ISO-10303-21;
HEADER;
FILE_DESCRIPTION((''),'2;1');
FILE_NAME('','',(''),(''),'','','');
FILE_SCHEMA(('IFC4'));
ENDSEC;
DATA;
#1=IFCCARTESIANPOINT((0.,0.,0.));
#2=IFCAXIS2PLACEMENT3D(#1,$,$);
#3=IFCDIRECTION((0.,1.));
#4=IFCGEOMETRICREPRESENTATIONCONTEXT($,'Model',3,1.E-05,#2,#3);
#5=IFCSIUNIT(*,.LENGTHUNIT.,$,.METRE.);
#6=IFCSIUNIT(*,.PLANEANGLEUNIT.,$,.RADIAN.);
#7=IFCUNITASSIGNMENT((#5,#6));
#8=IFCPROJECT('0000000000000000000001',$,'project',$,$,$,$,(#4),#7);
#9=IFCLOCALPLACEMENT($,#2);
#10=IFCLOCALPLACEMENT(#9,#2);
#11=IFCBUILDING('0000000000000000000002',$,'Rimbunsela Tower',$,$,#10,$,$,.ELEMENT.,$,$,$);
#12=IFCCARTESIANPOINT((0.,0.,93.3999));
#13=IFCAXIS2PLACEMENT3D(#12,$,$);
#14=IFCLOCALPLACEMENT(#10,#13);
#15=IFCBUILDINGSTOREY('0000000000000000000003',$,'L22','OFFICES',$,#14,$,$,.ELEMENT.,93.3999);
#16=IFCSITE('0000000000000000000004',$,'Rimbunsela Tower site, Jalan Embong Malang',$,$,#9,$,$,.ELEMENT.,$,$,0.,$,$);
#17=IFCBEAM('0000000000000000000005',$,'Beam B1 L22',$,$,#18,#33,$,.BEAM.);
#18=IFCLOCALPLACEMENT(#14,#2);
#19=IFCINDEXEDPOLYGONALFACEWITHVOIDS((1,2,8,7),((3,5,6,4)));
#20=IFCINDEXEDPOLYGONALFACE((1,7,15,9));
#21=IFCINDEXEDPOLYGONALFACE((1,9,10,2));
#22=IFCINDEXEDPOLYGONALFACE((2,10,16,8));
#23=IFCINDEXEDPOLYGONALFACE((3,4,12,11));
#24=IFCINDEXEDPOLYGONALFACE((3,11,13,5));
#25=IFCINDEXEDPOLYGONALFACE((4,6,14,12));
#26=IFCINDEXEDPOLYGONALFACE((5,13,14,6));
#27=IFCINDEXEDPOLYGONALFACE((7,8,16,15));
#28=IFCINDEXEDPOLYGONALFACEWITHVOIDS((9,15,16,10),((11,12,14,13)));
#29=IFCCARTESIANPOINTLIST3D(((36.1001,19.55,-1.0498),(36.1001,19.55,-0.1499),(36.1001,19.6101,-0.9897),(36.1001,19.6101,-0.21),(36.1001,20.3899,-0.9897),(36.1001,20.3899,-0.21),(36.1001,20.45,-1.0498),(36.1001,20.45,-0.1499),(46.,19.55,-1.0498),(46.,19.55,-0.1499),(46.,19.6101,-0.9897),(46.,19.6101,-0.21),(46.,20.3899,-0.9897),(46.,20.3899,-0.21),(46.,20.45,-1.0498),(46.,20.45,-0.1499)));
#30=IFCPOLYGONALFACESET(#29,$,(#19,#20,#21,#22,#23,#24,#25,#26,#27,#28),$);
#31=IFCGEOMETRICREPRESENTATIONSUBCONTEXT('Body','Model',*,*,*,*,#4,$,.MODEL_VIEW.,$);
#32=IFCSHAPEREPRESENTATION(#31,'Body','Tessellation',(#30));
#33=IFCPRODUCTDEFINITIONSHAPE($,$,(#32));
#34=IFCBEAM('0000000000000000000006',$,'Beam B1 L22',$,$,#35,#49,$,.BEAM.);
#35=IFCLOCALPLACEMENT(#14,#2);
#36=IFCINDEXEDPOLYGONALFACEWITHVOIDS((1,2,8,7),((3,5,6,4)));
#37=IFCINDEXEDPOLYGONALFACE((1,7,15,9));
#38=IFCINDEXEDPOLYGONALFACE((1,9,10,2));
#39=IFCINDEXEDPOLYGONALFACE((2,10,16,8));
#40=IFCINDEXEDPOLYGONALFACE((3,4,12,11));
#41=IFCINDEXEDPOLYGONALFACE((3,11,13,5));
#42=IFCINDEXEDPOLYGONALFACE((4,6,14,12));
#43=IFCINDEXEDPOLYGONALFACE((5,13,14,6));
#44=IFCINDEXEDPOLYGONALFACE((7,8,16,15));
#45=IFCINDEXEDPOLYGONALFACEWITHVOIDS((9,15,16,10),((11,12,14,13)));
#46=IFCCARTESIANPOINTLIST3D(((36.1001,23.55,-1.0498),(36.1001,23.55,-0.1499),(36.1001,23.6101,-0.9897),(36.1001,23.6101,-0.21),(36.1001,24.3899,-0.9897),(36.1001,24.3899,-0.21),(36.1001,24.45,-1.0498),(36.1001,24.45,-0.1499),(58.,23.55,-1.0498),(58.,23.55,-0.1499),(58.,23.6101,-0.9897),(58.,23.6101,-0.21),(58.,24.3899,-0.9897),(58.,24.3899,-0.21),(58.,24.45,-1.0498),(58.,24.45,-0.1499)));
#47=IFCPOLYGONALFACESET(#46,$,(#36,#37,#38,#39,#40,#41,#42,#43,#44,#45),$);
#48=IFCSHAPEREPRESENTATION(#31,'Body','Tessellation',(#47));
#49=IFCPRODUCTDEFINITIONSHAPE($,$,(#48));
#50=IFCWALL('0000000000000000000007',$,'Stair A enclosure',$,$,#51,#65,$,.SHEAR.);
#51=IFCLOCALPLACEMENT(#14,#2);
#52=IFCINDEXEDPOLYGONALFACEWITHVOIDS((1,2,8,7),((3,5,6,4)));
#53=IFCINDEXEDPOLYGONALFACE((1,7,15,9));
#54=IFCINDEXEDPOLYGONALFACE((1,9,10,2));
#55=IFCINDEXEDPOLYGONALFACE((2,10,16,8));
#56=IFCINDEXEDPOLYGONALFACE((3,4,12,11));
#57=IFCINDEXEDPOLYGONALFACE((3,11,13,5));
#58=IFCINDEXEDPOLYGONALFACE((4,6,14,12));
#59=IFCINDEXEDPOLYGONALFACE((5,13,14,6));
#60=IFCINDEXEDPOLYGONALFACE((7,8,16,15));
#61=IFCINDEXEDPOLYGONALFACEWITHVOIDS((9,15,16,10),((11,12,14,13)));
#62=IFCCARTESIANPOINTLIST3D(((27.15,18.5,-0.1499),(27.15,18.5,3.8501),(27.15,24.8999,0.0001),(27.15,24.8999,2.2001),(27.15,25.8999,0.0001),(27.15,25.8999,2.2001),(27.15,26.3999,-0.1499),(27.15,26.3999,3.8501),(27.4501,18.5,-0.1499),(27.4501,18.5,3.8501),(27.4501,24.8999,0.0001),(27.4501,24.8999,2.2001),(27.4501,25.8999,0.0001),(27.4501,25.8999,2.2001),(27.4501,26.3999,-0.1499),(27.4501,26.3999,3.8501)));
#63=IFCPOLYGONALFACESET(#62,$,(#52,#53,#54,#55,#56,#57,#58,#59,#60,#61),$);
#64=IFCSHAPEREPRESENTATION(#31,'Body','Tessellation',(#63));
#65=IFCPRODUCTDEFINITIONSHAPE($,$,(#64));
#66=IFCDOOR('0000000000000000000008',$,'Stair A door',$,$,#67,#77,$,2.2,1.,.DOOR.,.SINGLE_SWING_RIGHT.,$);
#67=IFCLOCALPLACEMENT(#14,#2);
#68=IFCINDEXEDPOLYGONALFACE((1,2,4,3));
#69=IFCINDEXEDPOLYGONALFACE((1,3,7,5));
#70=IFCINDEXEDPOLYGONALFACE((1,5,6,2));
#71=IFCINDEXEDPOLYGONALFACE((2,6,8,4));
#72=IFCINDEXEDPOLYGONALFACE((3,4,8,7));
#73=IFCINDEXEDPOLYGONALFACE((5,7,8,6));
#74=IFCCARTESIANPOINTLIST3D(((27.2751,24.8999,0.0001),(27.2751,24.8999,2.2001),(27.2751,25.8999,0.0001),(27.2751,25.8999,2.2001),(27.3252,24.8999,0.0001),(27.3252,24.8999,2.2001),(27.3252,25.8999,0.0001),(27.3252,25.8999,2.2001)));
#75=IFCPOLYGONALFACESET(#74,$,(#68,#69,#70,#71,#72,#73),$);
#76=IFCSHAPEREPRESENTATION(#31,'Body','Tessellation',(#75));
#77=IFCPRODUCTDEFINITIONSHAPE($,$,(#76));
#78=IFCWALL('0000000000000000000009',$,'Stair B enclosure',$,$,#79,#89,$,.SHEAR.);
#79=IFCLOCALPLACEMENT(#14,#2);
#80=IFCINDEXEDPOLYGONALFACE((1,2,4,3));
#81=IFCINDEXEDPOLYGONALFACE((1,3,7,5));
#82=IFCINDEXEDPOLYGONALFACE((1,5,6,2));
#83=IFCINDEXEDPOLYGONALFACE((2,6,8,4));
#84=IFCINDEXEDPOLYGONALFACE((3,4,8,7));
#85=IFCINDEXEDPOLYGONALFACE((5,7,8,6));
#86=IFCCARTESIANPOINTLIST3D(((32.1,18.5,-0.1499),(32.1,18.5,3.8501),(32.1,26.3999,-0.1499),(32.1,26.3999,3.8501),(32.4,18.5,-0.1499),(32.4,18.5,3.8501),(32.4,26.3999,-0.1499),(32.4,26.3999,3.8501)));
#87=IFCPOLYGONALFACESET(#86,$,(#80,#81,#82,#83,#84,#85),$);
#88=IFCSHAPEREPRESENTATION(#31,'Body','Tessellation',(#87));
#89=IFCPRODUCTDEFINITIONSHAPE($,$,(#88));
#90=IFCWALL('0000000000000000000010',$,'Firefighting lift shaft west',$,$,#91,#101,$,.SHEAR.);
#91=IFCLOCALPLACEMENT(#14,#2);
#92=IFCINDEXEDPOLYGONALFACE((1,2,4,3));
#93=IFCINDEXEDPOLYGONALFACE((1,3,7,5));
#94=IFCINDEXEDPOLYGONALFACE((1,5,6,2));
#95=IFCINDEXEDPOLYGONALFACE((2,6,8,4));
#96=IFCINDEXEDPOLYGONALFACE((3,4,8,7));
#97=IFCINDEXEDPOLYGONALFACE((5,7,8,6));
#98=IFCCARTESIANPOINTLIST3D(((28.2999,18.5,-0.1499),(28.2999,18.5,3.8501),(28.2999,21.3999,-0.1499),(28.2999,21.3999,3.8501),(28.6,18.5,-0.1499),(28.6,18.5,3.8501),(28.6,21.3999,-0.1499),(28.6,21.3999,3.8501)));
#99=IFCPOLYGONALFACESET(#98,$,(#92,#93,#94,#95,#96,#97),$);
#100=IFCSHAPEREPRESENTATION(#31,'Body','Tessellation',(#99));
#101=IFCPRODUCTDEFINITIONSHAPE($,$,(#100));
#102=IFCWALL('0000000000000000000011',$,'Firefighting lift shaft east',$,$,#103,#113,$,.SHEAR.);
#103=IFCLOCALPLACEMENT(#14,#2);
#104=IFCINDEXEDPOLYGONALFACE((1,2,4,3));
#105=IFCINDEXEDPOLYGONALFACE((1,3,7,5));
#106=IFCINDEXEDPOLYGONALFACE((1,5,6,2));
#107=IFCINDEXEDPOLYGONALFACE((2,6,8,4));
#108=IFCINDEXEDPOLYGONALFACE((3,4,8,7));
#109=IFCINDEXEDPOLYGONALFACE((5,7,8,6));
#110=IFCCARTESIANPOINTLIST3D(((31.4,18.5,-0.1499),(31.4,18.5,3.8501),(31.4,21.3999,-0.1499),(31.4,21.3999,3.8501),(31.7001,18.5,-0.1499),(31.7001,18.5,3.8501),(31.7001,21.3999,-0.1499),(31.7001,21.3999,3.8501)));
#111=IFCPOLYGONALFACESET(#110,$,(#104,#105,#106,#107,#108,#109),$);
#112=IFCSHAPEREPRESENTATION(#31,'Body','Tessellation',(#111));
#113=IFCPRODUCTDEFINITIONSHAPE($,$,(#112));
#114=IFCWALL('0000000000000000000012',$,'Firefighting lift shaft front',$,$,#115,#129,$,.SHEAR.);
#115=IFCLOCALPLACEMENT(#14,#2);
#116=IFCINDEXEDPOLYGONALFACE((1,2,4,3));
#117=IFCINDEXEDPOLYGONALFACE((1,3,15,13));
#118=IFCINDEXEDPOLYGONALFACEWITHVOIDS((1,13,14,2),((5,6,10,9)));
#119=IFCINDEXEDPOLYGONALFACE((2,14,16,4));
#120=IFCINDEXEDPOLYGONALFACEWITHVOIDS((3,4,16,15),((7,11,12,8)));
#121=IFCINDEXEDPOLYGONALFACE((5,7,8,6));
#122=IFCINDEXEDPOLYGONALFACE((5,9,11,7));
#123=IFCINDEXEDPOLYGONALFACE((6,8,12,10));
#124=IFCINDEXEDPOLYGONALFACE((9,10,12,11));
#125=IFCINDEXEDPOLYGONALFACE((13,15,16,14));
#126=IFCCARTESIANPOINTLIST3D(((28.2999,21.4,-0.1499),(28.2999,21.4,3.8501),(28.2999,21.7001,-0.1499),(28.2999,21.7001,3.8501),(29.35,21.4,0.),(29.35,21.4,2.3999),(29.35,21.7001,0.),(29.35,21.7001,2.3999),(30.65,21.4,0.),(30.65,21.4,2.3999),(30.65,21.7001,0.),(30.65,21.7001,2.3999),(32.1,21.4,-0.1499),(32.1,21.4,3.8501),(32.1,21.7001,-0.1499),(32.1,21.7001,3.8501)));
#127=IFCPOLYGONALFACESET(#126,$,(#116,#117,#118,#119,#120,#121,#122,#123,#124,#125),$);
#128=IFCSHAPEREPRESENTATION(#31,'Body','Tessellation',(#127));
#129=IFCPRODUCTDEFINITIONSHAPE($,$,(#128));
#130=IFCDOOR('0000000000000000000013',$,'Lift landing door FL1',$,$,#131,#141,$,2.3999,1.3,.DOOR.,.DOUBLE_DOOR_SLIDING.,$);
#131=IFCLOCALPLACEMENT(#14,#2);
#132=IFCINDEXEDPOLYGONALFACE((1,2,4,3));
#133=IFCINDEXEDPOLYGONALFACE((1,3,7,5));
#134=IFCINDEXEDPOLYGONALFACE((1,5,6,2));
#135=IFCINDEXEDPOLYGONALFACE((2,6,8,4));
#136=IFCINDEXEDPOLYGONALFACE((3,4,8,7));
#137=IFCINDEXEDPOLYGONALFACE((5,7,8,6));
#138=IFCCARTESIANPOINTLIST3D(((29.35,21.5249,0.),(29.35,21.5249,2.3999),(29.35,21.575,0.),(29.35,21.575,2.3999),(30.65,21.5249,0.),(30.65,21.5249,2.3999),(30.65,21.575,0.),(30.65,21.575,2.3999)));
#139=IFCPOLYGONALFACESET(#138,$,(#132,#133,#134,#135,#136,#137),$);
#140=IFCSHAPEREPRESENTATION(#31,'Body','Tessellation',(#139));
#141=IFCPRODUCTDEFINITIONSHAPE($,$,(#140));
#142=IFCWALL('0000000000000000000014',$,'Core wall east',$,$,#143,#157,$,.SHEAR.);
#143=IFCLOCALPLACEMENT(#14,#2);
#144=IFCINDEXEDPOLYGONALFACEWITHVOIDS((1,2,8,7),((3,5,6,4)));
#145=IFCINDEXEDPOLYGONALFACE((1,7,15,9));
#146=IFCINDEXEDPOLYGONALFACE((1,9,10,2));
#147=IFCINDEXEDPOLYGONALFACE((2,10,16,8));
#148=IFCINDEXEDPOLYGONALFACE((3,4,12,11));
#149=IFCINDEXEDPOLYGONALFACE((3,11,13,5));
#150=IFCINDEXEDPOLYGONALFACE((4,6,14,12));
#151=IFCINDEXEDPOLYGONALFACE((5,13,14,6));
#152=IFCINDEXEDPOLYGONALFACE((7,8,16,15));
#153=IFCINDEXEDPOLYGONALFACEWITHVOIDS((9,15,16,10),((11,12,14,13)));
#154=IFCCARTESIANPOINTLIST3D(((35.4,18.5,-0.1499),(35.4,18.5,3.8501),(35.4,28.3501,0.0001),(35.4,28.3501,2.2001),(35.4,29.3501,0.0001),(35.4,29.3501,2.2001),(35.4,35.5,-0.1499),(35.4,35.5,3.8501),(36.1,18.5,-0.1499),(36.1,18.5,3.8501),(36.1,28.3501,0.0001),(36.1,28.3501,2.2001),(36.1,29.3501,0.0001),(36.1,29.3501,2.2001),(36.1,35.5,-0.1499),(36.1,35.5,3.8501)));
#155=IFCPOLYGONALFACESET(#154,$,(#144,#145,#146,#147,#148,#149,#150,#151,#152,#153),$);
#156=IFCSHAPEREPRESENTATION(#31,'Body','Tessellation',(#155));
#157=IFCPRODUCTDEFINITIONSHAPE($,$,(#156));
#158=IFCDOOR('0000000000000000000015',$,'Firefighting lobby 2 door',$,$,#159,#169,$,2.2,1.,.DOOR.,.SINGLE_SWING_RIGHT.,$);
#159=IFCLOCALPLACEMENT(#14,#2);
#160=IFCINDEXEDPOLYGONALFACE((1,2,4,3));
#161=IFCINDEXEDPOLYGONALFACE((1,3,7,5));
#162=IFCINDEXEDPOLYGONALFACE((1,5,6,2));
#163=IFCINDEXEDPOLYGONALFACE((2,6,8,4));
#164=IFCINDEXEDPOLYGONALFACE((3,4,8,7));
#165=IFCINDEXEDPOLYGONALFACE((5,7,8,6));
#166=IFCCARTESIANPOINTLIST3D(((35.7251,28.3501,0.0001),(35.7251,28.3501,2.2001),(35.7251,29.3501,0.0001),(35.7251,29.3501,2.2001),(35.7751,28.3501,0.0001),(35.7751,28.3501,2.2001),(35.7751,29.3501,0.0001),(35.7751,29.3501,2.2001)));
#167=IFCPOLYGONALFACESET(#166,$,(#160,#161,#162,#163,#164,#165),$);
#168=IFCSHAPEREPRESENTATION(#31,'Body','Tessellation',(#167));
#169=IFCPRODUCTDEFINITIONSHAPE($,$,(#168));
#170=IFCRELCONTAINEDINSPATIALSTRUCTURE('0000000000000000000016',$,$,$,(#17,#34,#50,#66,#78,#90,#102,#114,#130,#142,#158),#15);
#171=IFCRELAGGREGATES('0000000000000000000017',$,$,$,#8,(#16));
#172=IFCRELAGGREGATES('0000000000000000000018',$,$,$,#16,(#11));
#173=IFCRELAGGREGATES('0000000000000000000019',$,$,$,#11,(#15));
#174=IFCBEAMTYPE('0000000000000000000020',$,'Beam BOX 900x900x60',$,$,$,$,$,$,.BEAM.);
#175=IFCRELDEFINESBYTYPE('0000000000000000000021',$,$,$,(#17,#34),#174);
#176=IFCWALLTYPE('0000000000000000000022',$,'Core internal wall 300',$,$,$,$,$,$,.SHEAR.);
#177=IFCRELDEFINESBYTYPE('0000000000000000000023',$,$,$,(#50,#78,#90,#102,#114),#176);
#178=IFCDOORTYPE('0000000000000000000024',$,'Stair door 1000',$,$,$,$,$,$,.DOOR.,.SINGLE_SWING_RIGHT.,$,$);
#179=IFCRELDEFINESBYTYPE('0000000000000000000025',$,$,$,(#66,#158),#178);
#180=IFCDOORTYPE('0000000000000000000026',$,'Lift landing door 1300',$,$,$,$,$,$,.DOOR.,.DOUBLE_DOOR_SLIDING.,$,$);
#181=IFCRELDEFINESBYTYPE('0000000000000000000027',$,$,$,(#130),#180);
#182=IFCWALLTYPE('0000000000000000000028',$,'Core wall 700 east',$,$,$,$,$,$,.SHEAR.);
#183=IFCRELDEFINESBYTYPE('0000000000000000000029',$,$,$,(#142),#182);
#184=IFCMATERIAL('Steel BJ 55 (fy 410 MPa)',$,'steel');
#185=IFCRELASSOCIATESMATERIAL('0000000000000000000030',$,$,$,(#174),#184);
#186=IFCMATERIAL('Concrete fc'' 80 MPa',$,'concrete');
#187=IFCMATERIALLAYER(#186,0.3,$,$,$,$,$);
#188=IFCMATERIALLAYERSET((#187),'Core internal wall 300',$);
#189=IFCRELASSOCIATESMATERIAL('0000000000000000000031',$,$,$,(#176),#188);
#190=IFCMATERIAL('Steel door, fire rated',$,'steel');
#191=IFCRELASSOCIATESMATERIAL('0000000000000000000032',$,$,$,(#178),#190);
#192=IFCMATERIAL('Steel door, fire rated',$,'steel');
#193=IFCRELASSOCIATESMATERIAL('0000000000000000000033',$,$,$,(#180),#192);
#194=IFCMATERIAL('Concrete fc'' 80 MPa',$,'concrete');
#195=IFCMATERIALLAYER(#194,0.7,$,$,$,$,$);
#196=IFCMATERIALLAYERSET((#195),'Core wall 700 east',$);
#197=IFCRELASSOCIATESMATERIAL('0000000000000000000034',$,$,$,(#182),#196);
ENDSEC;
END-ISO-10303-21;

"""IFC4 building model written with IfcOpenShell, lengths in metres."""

from ifc_helpers import new_model, si_unit, direction, frame, frame_2d, origin, origin_2d, place, context, subcontext, project, spatial, rectangle, hollow_rectangle, extrude, material, layer, layer_set, material_profile, profile_set, type_object, element, fill, save


model = new_model("IFC4")

# Units and contexts
model_context = context("Model", 3, precision=1e-05, world=origin(), true_north=direction((0.0, 1.0)))
body_context = subcontext(model_context, "Body", "Model", "MODEL_VIEW")
ifc_project = project(units=[si_unit("LENGTHUNIT", "METRE"), si_unit("PLANEANGLEUNIT", "RADIAN")], contexts=[model_context])

# Site, building, storey
site_placement = place(None, origin())
site = spatial("IfcSite", under=ifc_project, at=site_placement, Name="Rimbunsela Tower site, Jalan Embong Malang", CompositionType="ELEMENT", RefElevation=0.0)
building_placement = place(site_placement, origin())
building = spatial("IfcBuilding", under=site, at=building_placement, Name="Rimbunsela Tower", CompositionType="ELEMENT")
storey_placement = place(building_placement, frame((0.0, 0.0, 93.3999)))
storey = spatial("IfcBuildingStorey", under=building, at=storey_placement, Name="L22", Description="OFFICES", CompositionType="ELEMENT", Elevation=93.3999)

# Beams
ifc_material_1 = material(Name="Steel BJ 55 (fy 410 MPa)", Category="steel")
ifc_material_profile = material_profile(ifc_material_1, hollow_rectangle(XDim=0.8999, YDim=0.8999, WallThickness=0.0601, at=origin_2d()), Name="BOX 900x900x60")
ifc_profile_set = profile_set([ifc_material_profile], Name="Steel BJ 55 (fy 410 MPa)")
beam_type = type_object("IfcBeamType", Name="Beam BOX 900x900x60", PredefinedType="BEAM", material=ifc_profile_set)
beam_1_placement = place(storey_placement, frame((36.1001, 20.0, -0.5999), z_axis=(1.0, 0.0, 0.0), x_axis=(0.0, 1.0, 0.0)))
element("IfcBeam", 1, at=beam_1_placement, inside=storey, type_object=beam_type, Name="Beam B1 L22", PredefinedType="BEAM", context=body_context, shape_type="SweptSolid", body=[
    extrude(hollow_rectangle(XDim=0.8999, YDim=0.8999, WallThickness=0.0601, at=origin_2d()), origin(), (0.0, 0.0, 1.0), 9.8999),
])
beam_2_placement = place(storey_placement, frame((36.1001, 24.0, -0.5999), z_axis=(1.0, 0.0, 0.0), x_axis=(0.0, 1.0, 0.0)))
element("IfcBeam", 2, at=beam_2_placement, inside=storey, type_object=beam_type, Name="Beam B1 L22", PredefinedType="BEAM", context=body_context, shape_type="SweptSolid", body=[
    extrude(hollow_rectangle(XDim=0.8999, YDim=0.8999, WallThickness=0.0601, at=origin_2d()), origin(), (0.0, 0.0, 1.0), 21.8999),
])

# Wall, opening, door
ifc_material_2 = material(Name="Concrete fc' 80 MPa", Category="concrete")
ifc_layer_1 = layer(ifc_material_2, 0.3)
ifc_layer_set_1 = layer_set([ifc_layer_1], Name="Core internal wall 300")
wall_type_1 = type_object("IfcWallType", Name="Core internal wall 300", PredefinedType="SHEAR", material=ifc_layer_set_1)
wall_1_placement = place(storey_placement, frame((27.3, 18.5, -0.1499), z_axis=(0.0, 0.0, 1.0), x_axis=(0.0, 1.0, 0.0)))
wall_1 = element("IfcWall", 3, at=wall_1_placement, inside=storey, type_object=wall_type_1, Name="Stair A enclosure", PredefinedType="SHEAR", context=body_context, shape_type="SweptSolid", body=[
    extrude(rectangle(XDim=7.8999, YDim=0.3, at=frame_2d((3.95, 0.0))), origin(), (0.0, 0.0, 1.0), 4.0),
])
opening_1_placement = place(wall_1_placement, frame((6.3999, 0.0, 0.1499)))
opening_1 = element("IfcOpeningElement", 4, at=opening_1_placement, cuts=wall_1, PredefinedType="OPENING", context=body_context, shape_type="SweptSolid", body=[
    extrude(rectangle(XDim=1.0, YDim=2.2, at=frame_2d((0.5, 1.1001))), frame((0.0, 0.1599, 0.0), z_axis=(0.0, -1.0, 0.0), x_axis=(1.0, 0.0, 0.0)), (0.0, 0.0, 1.0), 0.3201),
])
ifc_material_3 = material(Name="Steel door, fire rated", Category="steel")
door_type_1 = type_object("IfcDoorType", Name="Stair door 1000", OperationType="SINGLE_SWING_RIGHT", PredefinedType="DOOR", material=ifc_material_3)
door_1_placement = place(opening_1_placement, origin())
door_1 = element("IfcDoor", 5, at=door_1_placement, inside=storey, type_object=door_type_1, Name="Stair A door", OperationType="SINGLE_SWING_RIGHT", OverallHeight=2.2, OverallWidth=1.0, PredefinedType="DOOR", context=body_context, shape_type="SweptSolid", body=[
    extrude(rectangle(XDim=1.0, YDim=2.2, at=frame_2d((0.5, 1.1001))), frame((0.0, 0.0249, 0.0), z_axis=(0.0, -1.0, 0.0), x_axis=(1.0, 0.0, 0.0)), (0.0, 0.0, 1.0), 0.05),
])
fill(opening_1, door_1)

# Walls
wall_2_placement = place(storey_placement, frame((32.25, 18.5, -0.1499), z_axis=(0.0, 0.0, 1.0), x_axis=(0.0, 1.0, 0.0)))
element("IfcWall", 6, at=wall_2_placement, inside=storey, type_object=wall_type_1, Name="Stair B enclosure", PredefinedType="SHEAR", context=body_context, shape_type="SweptSolid", body=[
    extrude(rectangle(XDim=7.8999, YDim=0.3, at=frame_2d((3.95, 0.0))), origin(), (0.0, 0.0, 1.0), 4.0),
])
for number, where, z_axis, x_axis, name in (
    (7, (28.45, 18.5, -0.1499), (0.0, 0.0, 1.0), (0.0, 1.0, 0.0), "Firefighting lift shaft west"),
    (8, (31.55, 18.5, -0.1499), (0.0, 0.0, 1.0), (0.0, 1.0, 0.0), "Firefighting lift shaft east"),
):
    element("IfcWall", number, at=place(storey_placement, frame(where, z_axis=z_axis, x_axis=x_axis)), inside=storey, type_object=wall_type_1, Name=name, PredefinedType="SHEAR", context=body_context, shape_type="SweptSolid", body=[
        extrude(rectangle(XDim=2.8999, YDim=0.3, at=frame_2d((1.45, 0.0))), origin(), (0.0, 0.0, 1.0), 4.0),
    ])

# Walls, openings, doors
wall_3_placement = place(storey_placement, frame((28.3, 21.55, -0.1499), z_axis=(0.0, 0.0, 1.0), x_axis=(1.0, 0.0, 0.0)))
wall_3 = element("IfcWall", 9, at=wall_3_placement, inside=storey, type_object=wall_type_1, Name="Firefighting lift shaft front", PredefinedType="SHEAR", context=body_context, shape_type="SweptSolid", body=[
    extrude(rectangle(XDim=3.8, YDim=0.3, at=frame_2d((1.8999, 0.0))), origin(), (0.0, 0.0, 1.0), 4.0),
])
opening_2_placement = place(wall_3_placement, frame((1.05, 0.0, 0.1499)))
opening_2 = element("IfcOpeningElement", 10, at=opening_2_placement, cuts=wall_3, PredefinedType="OPENING", context=body_context, shape_type="SweptSolid", body=[
    extrude(rectangle(XDim=1.3, YDim=2.3999, at=frame_2d((0.6499, 1.2))), frame((0.0, 0.1599, 0.0), z_axis=(0.0, -1.0, 0.0), x_axis=(1.0, 0.0, 0.0)), (0.0, 0.0, 1.0), 0.3201),
])
ifc_material_4 = material(Name="Steel door, fire rated", Category="steel")
door_type_2 = type_object("IfcDoorType", Name="Lift landing door 1300", OperationType="DOUBLE_DOOR_SLIDING", PredefinedType="DOOR", material=ifc_material_4)
door_2_placement = place(opening_2_placement, origin())
door_2 = element("IfcDoor", 11, at=door_2_placement, inside=storey, type_object=door_type_2, Name="Lift landing door FL1", OperationType="DOUBLE_DOOR_SLIDING", OverallHeight=2.3999, OverallWidth=1.3, PredefinedType="DOOR", context=body_context, shape_type="SweptSolid", body=[
    extrude(rectangle(XDim=1.3, YDim=2.3999, at=frame_2d((0.6499, 1.2))), frame((0.0, 0.0249, 0.0), z_axis=(0.0, -1.0, 0.0), x_axis=(1.0, 0.0, 0.0)), (0.0, 0.0, 1.0), 0.05),
])
fill(opening_2, door_2)
ifc_material_5 = material(Name="Concrete fc' 80 MPa", Category="concrete")
ifc_layer_2 = layer(ifc_material_5, 0.7)
ifc_layer_set_2 = layer_set([ifc_layer_2], Name="Core wall 700 east")
wall_type_2 = type_object("IfcWallType", Name="Core wall 700 east", PredefinedType="SHEAR", material=ifc_layer_set_2)
wall_4_placement = place(storey_placement, frame((35.75, 18.5, -0.1499), z_axis=(0.0, 0.0, 1.0), x_axis=(0.0, 1.0, 0.0)))
wall_4 = element("IfcWall", 12, at=wall_4_placement, inside=storey, type_object=wall_type_2, Name="Core wall east", PredefinedType="SHEAR", context=body_context, shape_type="SweptSolid", body=[
    extrude(rectangle(XDim=17.0, YDim=0.7, at=frame_2d((8.5, 0.0))), origin(), (0.0, 0.0, 1.0), 4.0),
])
opening_3_placement = place(wall_4_placement, frame((9.8501, 0.0, 0.1499)))
opening_3 = element("IfcOpeningElement", 13, at=opening_3_placement, cuts=wall_4, PredefinedType="OPENING", context=body_context, shape_type="SweptSolid", body=[
    extrude(rectangle(XDim=1.0, YDim=2.2, at=frame_2d((0.5, 1.1001))), frame((0.0, 0.3599, 0.0), z_axis=(0.0, -1.0, 0.0), x_axis=(1.0, 0.0, 0.0)), (0.0, 0.0, 1.0), 0.72),
])
door_3_placement = place(opening_3_placement, origin())
door_3 = element("IfcDoor", 14, at=door_3_placement, inside=storey, type_object=door_type_1, Name="Firefighting lobby 2 door", OperationType="SINGLE_SWING_RIGHT", OverallHeight=2.2, OverallWidth=1.0, PredefinedType="DOOR", context=body_context, shape_type="SweptSolid", body=[
    extrude(rectangle(XDim=1.0, YDim=2.2, at=frame_2d((0.5, 1.1001))), frame((0.0, 0.0249, 0.0), z_axis=(0.0, -1.0, 0.0), x_axis=(1.0, 0.0, 0.0)), (0.0, 0.0, 1.0), 0.05),
])
fill(opening_3, door_3)

save(model, "model.ifc")
